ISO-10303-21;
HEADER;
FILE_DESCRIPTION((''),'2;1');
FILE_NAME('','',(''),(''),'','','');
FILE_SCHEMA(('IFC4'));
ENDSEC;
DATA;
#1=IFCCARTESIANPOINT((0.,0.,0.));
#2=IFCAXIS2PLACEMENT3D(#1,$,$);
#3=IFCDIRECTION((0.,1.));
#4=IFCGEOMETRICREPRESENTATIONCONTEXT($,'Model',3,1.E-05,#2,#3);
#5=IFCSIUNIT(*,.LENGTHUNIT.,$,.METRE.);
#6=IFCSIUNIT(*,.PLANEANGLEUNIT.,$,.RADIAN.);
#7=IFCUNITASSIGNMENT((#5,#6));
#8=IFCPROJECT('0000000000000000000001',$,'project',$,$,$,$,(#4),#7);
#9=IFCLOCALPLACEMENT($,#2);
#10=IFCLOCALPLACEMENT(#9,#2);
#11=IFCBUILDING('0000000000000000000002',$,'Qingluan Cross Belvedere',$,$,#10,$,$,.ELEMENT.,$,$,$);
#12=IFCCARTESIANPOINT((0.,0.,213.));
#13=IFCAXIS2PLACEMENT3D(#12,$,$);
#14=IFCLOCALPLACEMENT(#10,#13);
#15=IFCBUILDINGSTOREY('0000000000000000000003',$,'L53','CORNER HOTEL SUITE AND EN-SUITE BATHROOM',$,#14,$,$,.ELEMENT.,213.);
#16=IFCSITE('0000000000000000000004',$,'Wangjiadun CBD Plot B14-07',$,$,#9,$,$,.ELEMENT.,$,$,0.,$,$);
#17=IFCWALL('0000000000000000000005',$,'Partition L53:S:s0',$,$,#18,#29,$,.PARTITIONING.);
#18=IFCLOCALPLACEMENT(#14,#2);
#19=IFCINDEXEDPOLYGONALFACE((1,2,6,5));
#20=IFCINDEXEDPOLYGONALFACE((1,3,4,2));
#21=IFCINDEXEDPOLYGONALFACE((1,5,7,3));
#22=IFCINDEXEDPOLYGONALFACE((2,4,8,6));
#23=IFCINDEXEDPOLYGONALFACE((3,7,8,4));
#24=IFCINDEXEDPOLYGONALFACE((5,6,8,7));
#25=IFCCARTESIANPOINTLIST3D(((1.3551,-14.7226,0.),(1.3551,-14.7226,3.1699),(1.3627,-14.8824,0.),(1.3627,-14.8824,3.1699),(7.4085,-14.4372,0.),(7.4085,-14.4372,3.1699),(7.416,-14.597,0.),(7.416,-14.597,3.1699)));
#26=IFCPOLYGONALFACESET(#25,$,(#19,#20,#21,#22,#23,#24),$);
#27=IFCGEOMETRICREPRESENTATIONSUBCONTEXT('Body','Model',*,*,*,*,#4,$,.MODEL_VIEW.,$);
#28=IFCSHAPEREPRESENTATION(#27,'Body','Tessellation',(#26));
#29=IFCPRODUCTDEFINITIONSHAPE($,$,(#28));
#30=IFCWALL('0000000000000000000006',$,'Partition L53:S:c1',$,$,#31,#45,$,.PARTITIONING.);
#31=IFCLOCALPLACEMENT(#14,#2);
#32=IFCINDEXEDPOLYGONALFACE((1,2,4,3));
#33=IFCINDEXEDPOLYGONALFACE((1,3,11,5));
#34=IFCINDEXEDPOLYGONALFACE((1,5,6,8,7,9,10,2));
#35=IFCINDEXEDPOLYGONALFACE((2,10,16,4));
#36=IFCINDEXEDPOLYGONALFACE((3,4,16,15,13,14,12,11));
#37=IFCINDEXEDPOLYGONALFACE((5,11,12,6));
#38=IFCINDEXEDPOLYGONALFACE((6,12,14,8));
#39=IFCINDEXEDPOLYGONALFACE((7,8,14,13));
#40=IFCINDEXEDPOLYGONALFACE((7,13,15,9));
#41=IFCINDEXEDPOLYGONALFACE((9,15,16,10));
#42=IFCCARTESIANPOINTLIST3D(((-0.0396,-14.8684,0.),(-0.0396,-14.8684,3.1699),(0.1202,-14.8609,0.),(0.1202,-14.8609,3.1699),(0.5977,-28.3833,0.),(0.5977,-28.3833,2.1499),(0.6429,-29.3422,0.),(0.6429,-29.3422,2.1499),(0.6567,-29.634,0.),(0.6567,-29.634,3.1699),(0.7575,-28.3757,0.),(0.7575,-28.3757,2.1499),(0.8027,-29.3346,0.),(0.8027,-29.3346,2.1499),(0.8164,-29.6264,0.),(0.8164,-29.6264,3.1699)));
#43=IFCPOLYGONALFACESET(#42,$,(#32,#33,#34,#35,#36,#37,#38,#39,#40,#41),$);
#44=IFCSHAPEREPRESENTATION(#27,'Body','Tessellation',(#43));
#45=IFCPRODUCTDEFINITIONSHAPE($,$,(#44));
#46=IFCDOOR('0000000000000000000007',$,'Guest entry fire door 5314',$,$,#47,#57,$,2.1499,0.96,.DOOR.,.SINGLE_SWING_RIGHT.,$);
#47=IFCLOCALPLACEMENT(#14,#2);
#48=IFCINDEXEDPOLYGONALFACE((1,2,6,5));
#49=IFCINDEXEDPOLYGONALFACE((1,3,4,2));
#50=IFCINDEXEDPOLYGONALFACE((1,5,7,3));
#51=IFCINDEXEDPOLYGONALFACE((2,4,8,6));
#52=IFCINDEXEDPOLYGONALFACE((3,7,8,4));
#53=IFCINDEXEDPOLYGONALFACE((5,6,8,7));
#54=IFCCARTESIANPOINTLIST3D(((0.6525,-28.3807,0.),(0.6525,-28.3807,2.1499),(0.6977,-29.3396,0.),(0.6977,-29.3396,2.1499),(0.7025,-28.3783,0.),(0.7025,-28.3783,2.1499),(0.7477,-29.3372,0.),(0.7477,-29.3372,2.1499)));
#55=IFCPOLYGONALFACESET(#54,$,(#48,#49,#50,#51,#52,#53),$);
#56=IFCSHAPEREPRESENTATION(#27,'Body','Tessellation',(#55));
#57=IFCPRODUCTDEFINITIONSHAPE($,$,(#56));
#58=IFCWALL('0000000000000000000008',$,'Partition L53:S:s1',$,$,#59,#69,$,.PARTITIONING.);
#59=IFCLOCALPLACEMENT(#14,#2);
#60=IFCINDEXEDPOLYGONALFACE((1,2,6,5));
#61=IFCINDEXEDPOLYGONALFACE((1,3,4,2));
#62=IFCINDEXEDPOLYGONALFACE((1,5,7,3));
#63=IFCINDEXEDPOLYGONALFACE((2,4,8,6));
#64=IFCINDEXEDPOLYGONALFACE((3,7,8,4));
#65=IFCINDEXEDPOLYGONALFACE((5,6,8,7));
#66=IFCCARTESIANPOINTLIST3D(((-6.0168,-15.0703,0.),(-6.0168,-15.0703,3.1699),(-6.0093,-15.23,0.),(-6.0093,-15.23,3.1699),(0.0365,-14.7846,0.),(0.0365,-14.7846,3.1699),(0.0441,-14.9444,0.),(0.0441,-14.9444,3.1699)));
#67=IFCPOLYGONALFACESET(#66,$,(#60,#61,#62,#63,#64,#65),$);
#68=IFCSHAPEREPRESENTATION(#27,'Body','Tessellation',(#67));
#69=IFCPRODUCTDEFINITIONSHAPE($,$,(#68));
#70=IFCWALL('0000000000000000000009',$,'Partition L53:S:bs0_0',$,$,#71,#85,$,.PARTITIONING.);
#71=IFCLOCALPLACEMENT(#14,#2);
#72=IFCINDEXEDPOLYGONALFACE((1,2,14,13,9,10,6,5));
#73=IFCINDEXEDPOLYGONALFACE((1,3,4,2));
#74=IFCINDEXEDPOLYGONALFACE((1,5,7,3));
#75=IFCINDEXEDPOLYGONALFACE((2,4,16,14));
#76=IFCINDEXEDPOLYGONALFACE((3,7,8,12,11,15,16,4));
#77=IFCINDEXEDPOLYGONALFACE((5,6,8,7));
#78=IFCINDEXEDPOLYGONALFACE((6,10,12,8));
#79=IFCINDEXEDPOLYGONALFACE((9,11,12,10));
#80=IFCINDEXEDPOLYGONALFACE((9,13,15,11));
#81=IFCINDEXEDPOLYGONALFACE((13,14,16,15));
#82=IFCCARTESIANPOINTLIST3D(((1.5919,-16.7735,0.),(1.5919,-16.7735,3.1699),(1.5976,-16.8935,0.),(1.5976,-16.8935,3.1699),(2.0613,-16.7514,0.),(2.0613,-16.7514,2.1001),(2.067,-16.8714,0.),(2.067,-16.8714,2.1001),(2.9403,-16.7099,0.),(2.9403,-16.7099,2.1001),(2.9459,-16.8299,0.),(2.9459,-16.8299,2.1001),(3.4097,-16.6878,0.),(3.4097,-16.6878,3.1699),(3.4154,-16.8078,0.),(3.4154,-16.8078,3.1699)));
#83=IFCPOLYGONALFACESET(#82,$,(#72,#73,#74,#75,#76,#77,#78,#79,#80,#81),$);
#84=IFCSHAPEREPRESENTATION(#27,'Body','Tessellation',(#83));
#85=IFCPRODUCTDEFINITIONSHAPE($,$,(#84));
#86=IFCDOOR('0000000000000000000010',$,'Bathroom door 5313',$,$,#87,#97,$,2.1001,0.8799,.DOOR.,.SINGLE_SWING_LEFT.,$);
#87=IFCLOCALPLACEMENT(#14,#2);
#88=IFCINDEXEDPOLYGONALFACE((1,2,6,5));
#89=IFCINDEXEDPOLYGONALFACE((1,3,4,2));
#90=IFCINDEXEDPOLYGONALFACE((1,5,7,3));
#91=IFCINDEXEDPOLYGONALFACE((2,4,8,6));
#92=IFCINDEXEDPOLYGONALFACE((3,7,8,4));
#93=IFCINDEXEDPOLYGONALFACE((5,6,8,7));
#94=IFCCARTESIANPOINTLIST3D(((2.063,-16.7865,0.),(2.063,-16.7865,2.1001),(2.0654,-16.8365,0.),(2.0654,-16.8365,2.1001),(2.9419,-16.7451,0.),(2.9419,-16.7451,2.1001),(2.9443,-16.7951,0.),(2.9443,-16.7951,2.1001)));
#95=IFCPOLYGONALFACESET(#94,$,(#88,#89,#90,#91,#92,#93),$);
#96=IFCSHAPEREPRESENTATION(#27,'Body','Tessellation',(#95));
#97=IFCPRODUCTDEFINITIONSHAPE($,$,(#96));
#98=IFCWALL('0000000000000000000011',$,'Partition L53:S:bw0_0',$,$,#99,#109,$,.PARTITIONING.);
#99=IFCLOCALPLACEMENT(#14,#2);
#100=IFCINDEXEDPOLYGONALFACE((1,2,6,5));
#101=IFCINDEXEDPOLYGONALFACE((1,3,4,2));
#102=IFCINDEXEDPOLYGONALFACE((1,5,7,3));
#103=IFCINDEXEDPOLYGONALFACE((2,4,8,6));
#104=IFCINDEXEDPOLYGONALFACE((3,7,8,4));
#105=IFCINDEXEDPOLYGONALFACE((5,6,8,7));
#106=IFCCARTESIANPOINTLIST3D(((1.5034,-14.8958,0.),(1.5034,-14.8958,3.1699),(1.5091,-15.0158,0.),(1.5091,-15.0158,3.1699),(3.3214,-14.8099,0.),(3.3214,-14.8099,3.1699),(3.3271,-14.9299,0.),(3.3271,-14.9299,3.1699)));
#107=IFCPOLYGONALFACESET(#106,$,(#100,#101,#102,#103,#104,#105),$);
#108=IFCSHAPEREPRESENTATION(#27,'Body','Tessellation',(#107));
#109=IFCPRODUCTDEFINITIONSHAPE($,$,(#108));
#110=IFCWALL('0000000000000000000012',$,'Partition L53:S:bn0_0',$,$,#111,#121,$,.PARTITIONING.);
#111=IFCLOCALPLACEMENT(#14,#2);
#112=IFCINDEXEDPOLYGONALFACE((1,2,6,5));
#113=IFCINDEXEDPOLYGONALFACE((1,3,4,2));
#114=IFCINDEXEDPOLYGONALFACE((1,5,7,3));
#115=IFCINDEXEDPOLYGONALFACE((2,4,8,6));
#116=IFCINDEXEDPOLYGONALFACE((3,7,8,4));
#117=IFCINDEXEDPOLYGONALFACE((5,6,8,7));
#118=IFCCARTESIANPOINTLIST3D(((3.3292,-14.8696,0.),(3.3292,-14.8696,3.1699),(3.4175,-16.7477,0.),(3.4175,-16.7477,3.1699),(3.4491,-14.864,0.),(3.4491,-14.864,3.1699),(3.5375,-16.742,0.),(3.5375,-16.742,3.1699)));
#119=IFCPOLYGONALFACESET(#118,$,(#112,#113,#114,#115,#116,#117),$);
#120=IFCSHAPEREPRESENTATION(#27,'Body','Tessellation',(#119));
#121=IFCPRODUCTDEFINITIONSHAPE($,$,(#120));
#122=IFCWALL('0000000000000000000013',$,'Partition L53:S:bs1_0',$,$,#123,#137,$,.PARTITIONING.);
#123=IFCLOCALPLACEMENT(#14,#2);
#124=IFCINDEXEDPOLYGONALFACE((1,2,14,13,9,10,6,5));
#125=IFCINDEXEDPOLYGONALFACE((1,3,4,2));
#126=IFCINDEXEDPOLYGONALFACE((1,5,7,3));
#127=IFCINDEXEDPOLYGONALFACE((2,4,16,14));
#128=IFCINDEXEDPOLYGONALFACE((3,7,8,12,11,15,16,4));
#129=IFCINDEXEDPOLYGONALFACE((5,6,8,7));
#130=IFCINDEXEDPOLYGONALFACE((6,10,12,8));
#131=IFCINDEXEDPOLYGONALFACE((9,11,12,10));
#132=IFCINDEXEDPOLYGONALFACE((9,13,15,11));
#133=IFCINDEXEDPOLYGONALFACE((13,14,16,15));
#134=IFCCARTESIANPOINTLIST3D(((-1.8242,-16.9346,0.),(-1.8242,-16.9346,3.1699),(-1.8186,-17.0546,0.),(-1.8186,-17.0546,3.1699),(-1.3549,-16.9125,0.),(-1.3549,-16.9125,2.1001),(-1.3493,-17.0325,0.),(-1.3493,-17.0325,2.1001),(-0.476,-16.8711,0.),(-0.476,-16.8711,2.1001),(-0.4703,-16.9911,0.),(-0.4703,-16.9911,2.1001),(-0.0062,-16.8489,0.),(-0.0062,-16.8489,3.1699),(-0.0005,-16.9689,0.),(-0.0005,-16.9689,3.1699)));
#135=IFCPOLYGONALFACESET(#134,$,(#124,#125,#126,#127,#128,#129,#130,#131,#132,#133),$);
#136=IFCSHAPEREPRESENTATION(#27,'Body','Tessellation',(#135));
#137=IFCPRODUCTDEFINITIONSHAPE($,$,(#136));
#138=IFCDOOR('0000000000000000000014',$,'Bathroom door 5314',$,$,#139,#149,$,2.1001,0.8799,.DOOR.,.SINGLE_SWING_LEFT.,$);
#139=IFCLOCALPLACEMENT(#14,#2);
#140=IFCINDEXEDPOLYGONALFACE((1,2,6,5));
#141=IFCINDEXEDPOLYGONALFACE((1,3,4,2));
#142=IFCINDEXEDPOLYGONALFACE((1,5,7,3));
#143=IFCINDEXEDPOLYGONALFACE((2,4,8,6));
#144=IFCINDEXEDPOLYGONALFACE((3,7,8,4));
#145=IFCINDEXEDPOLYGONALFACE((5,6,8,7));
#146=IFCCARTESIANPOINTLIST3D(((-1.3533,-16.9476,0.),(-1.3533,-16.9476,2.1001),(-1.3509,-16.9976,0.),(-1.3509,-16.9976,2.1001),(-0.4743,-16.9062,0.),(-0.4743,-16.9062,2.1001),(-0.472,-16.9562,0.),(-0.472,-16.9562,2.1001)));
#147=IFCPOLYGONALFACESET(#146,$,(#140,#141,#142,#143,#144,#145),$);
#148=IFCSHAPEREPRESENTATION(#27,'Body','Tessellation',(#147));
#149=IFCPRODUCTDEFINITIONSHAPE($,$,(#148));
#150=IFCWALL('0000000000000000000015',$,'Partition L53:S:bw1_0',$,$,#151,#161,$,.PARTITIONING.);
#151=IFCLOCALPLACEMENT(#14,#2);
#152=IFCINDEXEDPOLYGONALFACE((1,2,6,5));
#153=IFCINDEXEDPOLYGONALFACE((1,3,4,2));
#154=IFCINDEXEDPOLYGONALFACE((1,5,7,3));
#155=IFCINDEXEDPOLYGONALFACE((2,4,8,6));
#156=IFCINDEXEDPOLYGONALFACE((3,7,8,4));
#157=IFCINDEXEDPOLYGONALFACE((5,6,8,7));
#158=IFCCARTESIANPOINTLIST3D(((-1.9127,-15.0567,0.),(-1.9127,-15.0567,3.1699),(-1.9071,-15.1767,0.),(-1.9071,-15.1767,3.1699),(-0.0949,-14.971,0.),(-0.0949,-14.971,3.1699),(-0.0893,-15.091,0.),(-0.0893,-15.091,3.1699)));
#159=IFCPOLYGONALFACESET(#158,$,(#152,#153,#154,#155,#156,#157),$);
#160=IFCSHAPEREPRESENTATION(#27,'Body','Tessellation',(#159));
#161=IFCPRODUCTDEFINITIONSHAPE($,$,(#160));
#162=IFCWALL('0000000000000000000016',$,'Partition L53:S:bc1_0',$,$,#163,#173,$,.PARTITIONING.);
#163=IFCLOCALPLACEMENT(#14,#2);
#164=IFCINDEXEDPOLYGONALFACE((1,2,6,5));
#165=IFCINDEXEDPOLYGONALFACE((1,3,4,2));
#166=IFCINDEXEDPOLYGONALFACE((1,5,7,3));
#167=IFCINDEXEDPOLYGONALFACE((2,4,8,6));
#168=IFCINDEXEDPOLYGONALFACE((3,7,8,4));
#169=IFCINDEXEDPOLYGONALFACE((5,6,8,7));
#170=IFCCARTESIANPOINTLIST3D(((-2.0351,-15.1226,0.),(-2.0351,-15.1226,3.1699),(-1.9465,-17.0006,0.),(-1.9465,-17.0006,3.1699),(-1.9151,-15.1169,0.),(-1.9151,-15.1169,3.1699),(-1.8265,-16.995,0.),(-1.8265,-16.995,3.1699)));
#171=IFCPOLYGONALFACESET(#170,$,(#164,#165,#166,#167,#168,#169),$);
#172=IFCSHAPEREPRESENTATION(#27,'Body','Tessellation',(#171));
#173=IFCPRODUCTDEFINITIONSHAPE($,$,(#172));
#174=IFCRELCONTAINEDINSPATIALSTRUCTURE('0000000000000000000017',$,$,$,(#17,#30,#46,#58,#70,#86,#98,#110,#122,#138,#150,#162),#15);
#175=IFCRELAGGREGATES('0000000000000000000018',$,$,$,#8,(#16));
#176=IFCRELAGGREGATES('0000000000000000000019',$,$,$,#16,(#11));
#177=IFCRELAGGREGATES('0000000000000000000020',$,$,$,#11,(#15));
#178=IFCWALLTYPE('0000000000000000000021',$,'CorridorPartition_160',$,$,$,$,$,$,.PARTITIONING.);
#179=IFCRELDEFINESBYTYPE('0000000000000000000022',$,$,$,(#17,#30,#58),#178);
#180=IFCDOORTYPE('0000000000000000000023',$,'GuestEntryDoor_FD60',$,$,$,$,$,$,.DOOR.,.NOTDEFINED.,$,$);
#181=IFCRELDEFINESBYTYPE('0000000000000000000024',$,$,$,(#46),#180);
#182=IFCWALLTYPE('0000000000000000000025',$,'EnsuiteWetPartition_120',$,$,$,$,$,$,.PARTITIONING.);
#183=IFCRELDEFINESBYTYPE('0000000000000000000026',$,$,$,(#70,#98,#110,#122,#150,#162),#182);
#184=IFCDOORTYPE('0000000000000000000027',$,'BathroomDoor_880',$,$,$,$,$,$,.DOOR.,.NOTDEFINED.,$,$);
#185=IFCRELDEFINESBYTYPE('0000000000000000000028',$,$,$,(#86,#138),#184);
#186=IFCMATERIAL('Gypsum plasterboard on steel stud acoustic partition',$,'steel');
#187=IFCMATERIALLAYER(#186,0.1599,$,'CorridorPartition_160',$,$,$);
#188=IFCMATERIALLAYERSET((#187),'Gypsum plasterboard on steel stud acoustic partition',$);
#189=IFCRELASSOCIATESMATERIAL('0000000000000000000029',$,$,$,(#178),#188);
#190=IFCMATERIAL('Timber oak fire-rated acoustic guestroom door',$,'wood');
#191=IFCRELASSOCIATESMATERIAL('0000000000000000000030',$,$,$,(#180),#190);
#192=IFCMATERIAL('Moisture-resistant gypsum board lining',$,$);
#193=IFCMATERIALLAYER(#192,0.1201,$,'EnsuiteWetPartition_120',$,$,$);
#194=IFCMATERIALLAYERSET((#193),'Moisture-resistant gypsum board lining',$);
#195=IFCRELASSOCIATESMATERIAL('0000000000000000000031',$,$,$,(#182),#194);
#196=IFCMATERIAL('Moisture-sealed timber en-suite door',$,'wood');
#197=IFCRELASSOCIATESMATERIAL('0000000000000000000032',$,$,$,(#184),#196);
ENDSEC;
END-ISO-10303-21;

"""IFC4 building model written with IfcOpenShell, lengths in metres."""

from ifc_helpers import new_model, si_unit, direction, frame, frame_2d, origin, place, context, subcontext, project, spatial, rectangle, extrude, material, layer, layer_set, type_object, element, fill, save


model = new_model("IFC4")

# Units and contexts
model_context = context("Model", 3, precision=1e-05, world=origin(), true_north=direction((0.0, 1.0)))
body_context = subcontext(model_context, "Body", "Model", "MODEL_VIEW")
ifc_project = project(units=[si_unit("LENGTHUNIT", "METRE"), si_unit("PLANEANGLEUNIT", "RADIAN")], contexts=[model_context])

# Site, building, storey
site_placement = place(None, origin())
site = spatial("IfcSite", under=ifc_project, at=site_placement, Name="Wangjiadun CBD Plot B14-07", CompositionType="ELEMENT", RefElevation=0.0)
building_placement = place(site_placement, origin())
building = spatial("IfcBuilding", under=site, at=building_placement, Name="Qingluan Cross Belvedere", CompositionType="ELEMENT")
storey_placement = place(building_placement, frame((0.0, 0.0, 213.0)))
storey = spatial("IfcBuildingStorey", under=building, at=storey_placement, Name="L53", Description="CORNER HOTEL SUITE AND EN-SUITE BATHROOM", CompositionType="ELEMENT", Elevation=213.0)

# Shared definitions
ifc_material_1 = material(Name="Gypsum plasterboard on steel stud acoustic partition", Category="steel")
ifc_layer_1 = layer(ifc_material_1, 0.1599, Name="CorridorPartition_160")
ifc_layer_set_1 = layer_set([ifc_layer_1], Name="Gypsum plasterboard on steel stud acoustic partition")
wall_type_1 = type_object("IfcWallType", Name="CorridorPartition_160", PredefinedType="PARTITIONING", material=ifc_layer_set_1)

# Shared definitions
ifc_material_2 = material(Name="Timber oak fire-rated acoustic guestroom door", Category="wood")
door_type_1 = type_object("IfcDoorType", Name="GuestEntryDoor_FD60", OperationType="NOTDEFINED", PredefinedType="DOOR", material=ifc_material_2)

# Wall
wall_1_placement = place(storey_placement, frame((1.3589, -14.8025, 0.0), z_axis=(0.0, 0.0, 1.0), x_axis=(0.99889, 0.047096, 0.0)))
element("IfcWall", 1, at=wall_1_placement, inside=storey, type_object=wall_type_1, Name="Partition L53:S:s0", PredefinedType="PARTITIONING", context=body_context, shape_type="SweptSolid", body=[
    extrude(rectangle(XDim=6.0601, YDim=0.1599, at=frame_2d((3.03, 0.0))), origin(), (0.0, 0.0, 1.0), 3.1699),
])

# Wall, opening, door
wall_2_placement = place(storey_placement, frame((0.0403, -14.8645, 0.0), z_axis=(0.0, 0.0, 1.0), x_axis=(0.047104, -0.99889, 0.0)))
wall_2 = element("IfcWall", 2, at=wall_2_placement, inside=storey, type_object=wall_type_1, Name="Partition L53:S:c1", PredefinedType="PARTITIONING", context=body_context, shape_type="SweptSolid", body=[
    extrude(rectangle(XDim=14.782, YDim=0.1599, at=frame_2d((7.3911, 0.0))), origin(), (0.0, 0.0, 1.0), 3.1699),
])
opening_1_placement = place(wall_2_placement, frame((13.53, 0.0, 0.0)))
opening_1 = element("IfcOpeningElement", 3, at=opening_1_placement, cuts=wall_2, PredefinedType="OPENING", context=body_context, shape_type="SweptSolid", body=[
    extrude(rectangle(XDim=0.96, YDim=2.1499, at=frame_2d((0.48, 1.075))), frame((0.0, 0.0898, 0.0), z_axis=(0.0, -1.0, 0.0), x_axis=(1.0, 0.0, 0.0)), (0.0, 0.0, 1.0), 0.1799),
])
door_1_placement = place(opening_1_placement, origin())
door_1 = element("IfcDoor", 4, at=door_1_placement, inside=storey, type_object=door_type_1, Name="Guest entry fire door 5314", OperationType="SINGLE_SWING_RIGHT", OverallHeight=2.1499, OverallWidth=0.96, PredefinedType="DOOR", context=body_context, shape_type="SweptSolid", body=[
    extrude(rectangle(XDim=0.96, YDim=2.1499, at=frame_2d((0.48, 1.075))), frame((0.0, 0.0249, 0.0), z_axis=(0.0, -1.0, 0.0), x_axis=(1.0, 0.0, 0.0)), (0.0, 0.0, 1.0), 0.05),
])
fill(opening_1, door_1)

# Wall
wall_3_placement = place(storey_placement, frame((0.0403, -14.8645, 0.0), z_axis=(0.0, 0.0, 1.0), x_axis=(-0.998888, -0.047136, 0.0)))
element("IfcWall", 5, at=wall_3_placement, inside=storey, type_object=wall_type_1, Name="Partition L53:S:s1", PredefinedType="PARTITIONING", context=body_context, shape_type="SweptSolid", body=[
    extrude(rectangle(XDim=6.0601, YDim=0.1599, at=frame_2d((3.03, 0.0))), origin(), (0.0, 0.0, 1.0), 3.1699),
])

# Wall, opening, door
ifc_material_3 = material(Name="Moisture-resistant gypsum board lining")
ifc_layer_2 = layer(ifc_material_3, 0.1201, Name="EnsuiteWetPartition_120")
ifc_layer_set_2 = layer_set([ifc_layer_2], Name="Moisture-resistant gypsum board lining")
wall_type_2 = type_object("IfcWallType", Name="EnsuiteWetPartition_120", PredefinedType="PARTITIONING", material=ifc_layer_set_2)
wall_4_placement = place(storey_placement, frame((1.5947, -16.8335, 0.0), z_axis=(0.0, 0.0, 1.0), x_axis=(0.998891, 0.047087, 0.0)))
wall_4 = element("IfcWall", 6, at=wall_4_placement, inside=storey, type_object=wall_type_2, Name="Partition L53:S:bs0_0", PredefinedType="PARTITIONING", context=body_context, shape_type="SweptSolid", body=[
    extrude(rectangle(XDim=1.8198, YDim=0.1201, at=frame_2d((0.9099, 0.0))), origin(), (0.0, 0.0, 1.0), 3.1699),
])
opening_2_placement = place(wall_4_placement, frame((0.47, 0.0, 0.0)))
opening_2 = element("IfcOpeningElement", 7, at=opening_2_placement, cuts=wall_4, PredefinedType="OPENING", context=body_context, shape_type="SweptSolid", body=[
    extrude(rectangle(XDim=0.8799, YDim=2.1001, at=frame_2d((0.4399, 1.05))), frame((0.0, 0.0701, 0.0), z_axis=(0.0, -1.0, 0.0), x_axis=(1.0, 0.0, 0.0)), (0.0, 0.0, 1.0), 0.1401),
])
ifc_material_4 = material(Name="Moisture-sealed timber en-suite door", Category="wood")
door_type_2 = type_object("IfcDoorType", Name="BathroomDoor_880", OperationType="NOTDEFINED", PredefinedType="DOOR", material=ifc_material_4)
door_2_placement = place(opening_2_placement, origin())
door_2 = element("IfcDoor", 8, at=door_2_placement, inside=storey, type_object=door_type_2, Name="Bathroom door 5313", OperationType="SINGLE_SWING_LEFT", OverallHeight=2.1001, OverallWidth=0.8799, PredefinedType="DOOR", context=body_context, shape_type="SweptSolid", body=[
    extrude(rectangle(XDim=0.8799, YDim=2.1001, at=frame_2d((0.4399, 1.05))), frame((0.0, 0.0249, 0.0), z_axis=(0.0, -1.0, 0.0), x_axis=(1.0, 0.0, 0.0)), (0.0, 0.0, 1.0), 0.05),
])
fill(opening_2, door_2)

# Walls
wall_5_placement = place(storey_placement, frame((1.5061, -14.9558, 0.0), z_axis=(0.0, 0.0, 1.0), x_axis=(0.998885, 0.047215, 0.0)))
element("IfcWall", 9, at=wall_5_placement, inside=storey, type_object=wall_type_2, Name="Partition L53:S:bw0_0", PredefinedType="PARTITIONING", context=body_context, shape_type="SweptSolid", body=[
    extrude(rectangle(XDim=1.8201, YDim=0.1201, at=frame_2d((0.9102, 0.0))), origin(), (0.0, 0.0, 1.0), 3.1699),
])
wall_6_placement = place(storey_placement, frame((3.3892, -14.8669, 0.0), z_axis=(0.0, 0.0, 1.0), x_axis=(0.04701, -0.998894, 0.0)))
element("IfcWall", 10, at=wall_6_placement, inside=storey, type_object=wall_type_2, Name="Partition L53:S:bn0_0", PredefinedType="PARTITIONING", context=body_context, shape_type="SweptSolid", body=[
    extrude(rectangle(XDim=1.8801, YDim=0.1201, at=frame_2d((0.9399, 0.0))), origin(), (0.0, 0.0, 1.0), 3.1699),
])

# Wall, opening, door
wall_7_placement = place(storey_placement, frame((-1.8215, -16.9946, 0.0), z_axis=(0.0, 0.0, 1.0), x_axis=(0.998891, 0.047081, 0.0)))
wall_7 = element("IfcWall", 11, at=wall_7_placement, inside=storey, type_object=wall_type_2, Name="Partition L53:S:bs1_0", PredefinedType="PARTITIONING", context=body_context, shape_type="SweptSolid", body=[
    extrude(rectangle(XDim=1.8201, YDim=0.1201, at=frame_2d((0.9102, 0.0))), origin(), (0.0, 0.0, 1.0), 3.1699),
])
opening_3_placement = place(wall_7_placement, frame((0.47, 0.0, 0.0)))
opening_3 = element("IfcOpeningElement", 12, at=opening_3_placement, cuts=wall_7, PredefinedType="OPENING", context=body_context, shape_type="SweptSolid", body=[
    extrude(rectangle(XDim=0.8799, YDim=2.1001, at=frame_2d((0.4399, 1.05))), frame((0.0, 0.0701, 0.0), z_axis=(0.0, -1.0, 0.0), x_axis=(1.0, 0.0, 0.0)), (0.0, 0.0, 1.0), 0.1401),
])
door_3_placement = place(opening_3_placement, origin())
door_3 = element("IfcDoor", 13, at=door_3_placement, inside=storey, type_object=door_type_2, Name="Bathroom door 5314", OperationType="SINGLE_SWING_LEFT", OverallHeight=2.1001, OverallWidth=0.8799, PredefinedType="DOOR", context=body_context, shape_type="SweptSolid", body=[
    extrude(rectangle(XDim=0.8799, YDim=2.1001, at=frame_2d((0.4399, 1.05))), frame((0.0, 0.0249, 0.0), z_axis=(0.0, -1.0, 0.0), x_axis=(1.0, 0.0, 0.0)), (0.0, 0.0, 1.0), 0.05),
])
fill(opening_3, door_3)

# Walls
wall_8_placement = place(storey_placement, frame((-1.9099, -15.1167, 0.0), z_axis=(0.0, 0.0, 1.0), x_axis=(0.998891, 0.047087, 0.0)))
element("IfcWall", 14, at=wall_8_placement, inside=storey, type_object=wall_type_2, Name="Partition L53:S:bw1_0", PredefinedType="PARTITIONING", context=body_context, shape_type="SweptSolid", body=[
    extrude(rectangle(XDim=1.8198, YDim=0.1201, at=frame_2d((0.9099, 0.0))), origin(), (0.0, 0.0, 1.0), 3.1699),
])
wall_9_placement = place(storey_placement, frame((-1.9751, -15.1199, 0.0), z_axis=(0.0, 0.0, 1.0), x_axis=(0.047139, -0.998888, 0.0)))
element("IfcWall", 15, at=wall_9_placement, inside=storey, type_object=wall_type_2, Name="Partition L53:S:bc1_0", PredefinedType="PARTITIONING", context=body_context, shape_type="SweptSolid", body=[
    extrude(rectangle(XDim=1.8801, YDim=0.1201, at=frame_2d((0.9399, 0.0))), origin(), (0.0, 0.0, 1.0), 3.1699),
])

save(model, "model.ifc")
